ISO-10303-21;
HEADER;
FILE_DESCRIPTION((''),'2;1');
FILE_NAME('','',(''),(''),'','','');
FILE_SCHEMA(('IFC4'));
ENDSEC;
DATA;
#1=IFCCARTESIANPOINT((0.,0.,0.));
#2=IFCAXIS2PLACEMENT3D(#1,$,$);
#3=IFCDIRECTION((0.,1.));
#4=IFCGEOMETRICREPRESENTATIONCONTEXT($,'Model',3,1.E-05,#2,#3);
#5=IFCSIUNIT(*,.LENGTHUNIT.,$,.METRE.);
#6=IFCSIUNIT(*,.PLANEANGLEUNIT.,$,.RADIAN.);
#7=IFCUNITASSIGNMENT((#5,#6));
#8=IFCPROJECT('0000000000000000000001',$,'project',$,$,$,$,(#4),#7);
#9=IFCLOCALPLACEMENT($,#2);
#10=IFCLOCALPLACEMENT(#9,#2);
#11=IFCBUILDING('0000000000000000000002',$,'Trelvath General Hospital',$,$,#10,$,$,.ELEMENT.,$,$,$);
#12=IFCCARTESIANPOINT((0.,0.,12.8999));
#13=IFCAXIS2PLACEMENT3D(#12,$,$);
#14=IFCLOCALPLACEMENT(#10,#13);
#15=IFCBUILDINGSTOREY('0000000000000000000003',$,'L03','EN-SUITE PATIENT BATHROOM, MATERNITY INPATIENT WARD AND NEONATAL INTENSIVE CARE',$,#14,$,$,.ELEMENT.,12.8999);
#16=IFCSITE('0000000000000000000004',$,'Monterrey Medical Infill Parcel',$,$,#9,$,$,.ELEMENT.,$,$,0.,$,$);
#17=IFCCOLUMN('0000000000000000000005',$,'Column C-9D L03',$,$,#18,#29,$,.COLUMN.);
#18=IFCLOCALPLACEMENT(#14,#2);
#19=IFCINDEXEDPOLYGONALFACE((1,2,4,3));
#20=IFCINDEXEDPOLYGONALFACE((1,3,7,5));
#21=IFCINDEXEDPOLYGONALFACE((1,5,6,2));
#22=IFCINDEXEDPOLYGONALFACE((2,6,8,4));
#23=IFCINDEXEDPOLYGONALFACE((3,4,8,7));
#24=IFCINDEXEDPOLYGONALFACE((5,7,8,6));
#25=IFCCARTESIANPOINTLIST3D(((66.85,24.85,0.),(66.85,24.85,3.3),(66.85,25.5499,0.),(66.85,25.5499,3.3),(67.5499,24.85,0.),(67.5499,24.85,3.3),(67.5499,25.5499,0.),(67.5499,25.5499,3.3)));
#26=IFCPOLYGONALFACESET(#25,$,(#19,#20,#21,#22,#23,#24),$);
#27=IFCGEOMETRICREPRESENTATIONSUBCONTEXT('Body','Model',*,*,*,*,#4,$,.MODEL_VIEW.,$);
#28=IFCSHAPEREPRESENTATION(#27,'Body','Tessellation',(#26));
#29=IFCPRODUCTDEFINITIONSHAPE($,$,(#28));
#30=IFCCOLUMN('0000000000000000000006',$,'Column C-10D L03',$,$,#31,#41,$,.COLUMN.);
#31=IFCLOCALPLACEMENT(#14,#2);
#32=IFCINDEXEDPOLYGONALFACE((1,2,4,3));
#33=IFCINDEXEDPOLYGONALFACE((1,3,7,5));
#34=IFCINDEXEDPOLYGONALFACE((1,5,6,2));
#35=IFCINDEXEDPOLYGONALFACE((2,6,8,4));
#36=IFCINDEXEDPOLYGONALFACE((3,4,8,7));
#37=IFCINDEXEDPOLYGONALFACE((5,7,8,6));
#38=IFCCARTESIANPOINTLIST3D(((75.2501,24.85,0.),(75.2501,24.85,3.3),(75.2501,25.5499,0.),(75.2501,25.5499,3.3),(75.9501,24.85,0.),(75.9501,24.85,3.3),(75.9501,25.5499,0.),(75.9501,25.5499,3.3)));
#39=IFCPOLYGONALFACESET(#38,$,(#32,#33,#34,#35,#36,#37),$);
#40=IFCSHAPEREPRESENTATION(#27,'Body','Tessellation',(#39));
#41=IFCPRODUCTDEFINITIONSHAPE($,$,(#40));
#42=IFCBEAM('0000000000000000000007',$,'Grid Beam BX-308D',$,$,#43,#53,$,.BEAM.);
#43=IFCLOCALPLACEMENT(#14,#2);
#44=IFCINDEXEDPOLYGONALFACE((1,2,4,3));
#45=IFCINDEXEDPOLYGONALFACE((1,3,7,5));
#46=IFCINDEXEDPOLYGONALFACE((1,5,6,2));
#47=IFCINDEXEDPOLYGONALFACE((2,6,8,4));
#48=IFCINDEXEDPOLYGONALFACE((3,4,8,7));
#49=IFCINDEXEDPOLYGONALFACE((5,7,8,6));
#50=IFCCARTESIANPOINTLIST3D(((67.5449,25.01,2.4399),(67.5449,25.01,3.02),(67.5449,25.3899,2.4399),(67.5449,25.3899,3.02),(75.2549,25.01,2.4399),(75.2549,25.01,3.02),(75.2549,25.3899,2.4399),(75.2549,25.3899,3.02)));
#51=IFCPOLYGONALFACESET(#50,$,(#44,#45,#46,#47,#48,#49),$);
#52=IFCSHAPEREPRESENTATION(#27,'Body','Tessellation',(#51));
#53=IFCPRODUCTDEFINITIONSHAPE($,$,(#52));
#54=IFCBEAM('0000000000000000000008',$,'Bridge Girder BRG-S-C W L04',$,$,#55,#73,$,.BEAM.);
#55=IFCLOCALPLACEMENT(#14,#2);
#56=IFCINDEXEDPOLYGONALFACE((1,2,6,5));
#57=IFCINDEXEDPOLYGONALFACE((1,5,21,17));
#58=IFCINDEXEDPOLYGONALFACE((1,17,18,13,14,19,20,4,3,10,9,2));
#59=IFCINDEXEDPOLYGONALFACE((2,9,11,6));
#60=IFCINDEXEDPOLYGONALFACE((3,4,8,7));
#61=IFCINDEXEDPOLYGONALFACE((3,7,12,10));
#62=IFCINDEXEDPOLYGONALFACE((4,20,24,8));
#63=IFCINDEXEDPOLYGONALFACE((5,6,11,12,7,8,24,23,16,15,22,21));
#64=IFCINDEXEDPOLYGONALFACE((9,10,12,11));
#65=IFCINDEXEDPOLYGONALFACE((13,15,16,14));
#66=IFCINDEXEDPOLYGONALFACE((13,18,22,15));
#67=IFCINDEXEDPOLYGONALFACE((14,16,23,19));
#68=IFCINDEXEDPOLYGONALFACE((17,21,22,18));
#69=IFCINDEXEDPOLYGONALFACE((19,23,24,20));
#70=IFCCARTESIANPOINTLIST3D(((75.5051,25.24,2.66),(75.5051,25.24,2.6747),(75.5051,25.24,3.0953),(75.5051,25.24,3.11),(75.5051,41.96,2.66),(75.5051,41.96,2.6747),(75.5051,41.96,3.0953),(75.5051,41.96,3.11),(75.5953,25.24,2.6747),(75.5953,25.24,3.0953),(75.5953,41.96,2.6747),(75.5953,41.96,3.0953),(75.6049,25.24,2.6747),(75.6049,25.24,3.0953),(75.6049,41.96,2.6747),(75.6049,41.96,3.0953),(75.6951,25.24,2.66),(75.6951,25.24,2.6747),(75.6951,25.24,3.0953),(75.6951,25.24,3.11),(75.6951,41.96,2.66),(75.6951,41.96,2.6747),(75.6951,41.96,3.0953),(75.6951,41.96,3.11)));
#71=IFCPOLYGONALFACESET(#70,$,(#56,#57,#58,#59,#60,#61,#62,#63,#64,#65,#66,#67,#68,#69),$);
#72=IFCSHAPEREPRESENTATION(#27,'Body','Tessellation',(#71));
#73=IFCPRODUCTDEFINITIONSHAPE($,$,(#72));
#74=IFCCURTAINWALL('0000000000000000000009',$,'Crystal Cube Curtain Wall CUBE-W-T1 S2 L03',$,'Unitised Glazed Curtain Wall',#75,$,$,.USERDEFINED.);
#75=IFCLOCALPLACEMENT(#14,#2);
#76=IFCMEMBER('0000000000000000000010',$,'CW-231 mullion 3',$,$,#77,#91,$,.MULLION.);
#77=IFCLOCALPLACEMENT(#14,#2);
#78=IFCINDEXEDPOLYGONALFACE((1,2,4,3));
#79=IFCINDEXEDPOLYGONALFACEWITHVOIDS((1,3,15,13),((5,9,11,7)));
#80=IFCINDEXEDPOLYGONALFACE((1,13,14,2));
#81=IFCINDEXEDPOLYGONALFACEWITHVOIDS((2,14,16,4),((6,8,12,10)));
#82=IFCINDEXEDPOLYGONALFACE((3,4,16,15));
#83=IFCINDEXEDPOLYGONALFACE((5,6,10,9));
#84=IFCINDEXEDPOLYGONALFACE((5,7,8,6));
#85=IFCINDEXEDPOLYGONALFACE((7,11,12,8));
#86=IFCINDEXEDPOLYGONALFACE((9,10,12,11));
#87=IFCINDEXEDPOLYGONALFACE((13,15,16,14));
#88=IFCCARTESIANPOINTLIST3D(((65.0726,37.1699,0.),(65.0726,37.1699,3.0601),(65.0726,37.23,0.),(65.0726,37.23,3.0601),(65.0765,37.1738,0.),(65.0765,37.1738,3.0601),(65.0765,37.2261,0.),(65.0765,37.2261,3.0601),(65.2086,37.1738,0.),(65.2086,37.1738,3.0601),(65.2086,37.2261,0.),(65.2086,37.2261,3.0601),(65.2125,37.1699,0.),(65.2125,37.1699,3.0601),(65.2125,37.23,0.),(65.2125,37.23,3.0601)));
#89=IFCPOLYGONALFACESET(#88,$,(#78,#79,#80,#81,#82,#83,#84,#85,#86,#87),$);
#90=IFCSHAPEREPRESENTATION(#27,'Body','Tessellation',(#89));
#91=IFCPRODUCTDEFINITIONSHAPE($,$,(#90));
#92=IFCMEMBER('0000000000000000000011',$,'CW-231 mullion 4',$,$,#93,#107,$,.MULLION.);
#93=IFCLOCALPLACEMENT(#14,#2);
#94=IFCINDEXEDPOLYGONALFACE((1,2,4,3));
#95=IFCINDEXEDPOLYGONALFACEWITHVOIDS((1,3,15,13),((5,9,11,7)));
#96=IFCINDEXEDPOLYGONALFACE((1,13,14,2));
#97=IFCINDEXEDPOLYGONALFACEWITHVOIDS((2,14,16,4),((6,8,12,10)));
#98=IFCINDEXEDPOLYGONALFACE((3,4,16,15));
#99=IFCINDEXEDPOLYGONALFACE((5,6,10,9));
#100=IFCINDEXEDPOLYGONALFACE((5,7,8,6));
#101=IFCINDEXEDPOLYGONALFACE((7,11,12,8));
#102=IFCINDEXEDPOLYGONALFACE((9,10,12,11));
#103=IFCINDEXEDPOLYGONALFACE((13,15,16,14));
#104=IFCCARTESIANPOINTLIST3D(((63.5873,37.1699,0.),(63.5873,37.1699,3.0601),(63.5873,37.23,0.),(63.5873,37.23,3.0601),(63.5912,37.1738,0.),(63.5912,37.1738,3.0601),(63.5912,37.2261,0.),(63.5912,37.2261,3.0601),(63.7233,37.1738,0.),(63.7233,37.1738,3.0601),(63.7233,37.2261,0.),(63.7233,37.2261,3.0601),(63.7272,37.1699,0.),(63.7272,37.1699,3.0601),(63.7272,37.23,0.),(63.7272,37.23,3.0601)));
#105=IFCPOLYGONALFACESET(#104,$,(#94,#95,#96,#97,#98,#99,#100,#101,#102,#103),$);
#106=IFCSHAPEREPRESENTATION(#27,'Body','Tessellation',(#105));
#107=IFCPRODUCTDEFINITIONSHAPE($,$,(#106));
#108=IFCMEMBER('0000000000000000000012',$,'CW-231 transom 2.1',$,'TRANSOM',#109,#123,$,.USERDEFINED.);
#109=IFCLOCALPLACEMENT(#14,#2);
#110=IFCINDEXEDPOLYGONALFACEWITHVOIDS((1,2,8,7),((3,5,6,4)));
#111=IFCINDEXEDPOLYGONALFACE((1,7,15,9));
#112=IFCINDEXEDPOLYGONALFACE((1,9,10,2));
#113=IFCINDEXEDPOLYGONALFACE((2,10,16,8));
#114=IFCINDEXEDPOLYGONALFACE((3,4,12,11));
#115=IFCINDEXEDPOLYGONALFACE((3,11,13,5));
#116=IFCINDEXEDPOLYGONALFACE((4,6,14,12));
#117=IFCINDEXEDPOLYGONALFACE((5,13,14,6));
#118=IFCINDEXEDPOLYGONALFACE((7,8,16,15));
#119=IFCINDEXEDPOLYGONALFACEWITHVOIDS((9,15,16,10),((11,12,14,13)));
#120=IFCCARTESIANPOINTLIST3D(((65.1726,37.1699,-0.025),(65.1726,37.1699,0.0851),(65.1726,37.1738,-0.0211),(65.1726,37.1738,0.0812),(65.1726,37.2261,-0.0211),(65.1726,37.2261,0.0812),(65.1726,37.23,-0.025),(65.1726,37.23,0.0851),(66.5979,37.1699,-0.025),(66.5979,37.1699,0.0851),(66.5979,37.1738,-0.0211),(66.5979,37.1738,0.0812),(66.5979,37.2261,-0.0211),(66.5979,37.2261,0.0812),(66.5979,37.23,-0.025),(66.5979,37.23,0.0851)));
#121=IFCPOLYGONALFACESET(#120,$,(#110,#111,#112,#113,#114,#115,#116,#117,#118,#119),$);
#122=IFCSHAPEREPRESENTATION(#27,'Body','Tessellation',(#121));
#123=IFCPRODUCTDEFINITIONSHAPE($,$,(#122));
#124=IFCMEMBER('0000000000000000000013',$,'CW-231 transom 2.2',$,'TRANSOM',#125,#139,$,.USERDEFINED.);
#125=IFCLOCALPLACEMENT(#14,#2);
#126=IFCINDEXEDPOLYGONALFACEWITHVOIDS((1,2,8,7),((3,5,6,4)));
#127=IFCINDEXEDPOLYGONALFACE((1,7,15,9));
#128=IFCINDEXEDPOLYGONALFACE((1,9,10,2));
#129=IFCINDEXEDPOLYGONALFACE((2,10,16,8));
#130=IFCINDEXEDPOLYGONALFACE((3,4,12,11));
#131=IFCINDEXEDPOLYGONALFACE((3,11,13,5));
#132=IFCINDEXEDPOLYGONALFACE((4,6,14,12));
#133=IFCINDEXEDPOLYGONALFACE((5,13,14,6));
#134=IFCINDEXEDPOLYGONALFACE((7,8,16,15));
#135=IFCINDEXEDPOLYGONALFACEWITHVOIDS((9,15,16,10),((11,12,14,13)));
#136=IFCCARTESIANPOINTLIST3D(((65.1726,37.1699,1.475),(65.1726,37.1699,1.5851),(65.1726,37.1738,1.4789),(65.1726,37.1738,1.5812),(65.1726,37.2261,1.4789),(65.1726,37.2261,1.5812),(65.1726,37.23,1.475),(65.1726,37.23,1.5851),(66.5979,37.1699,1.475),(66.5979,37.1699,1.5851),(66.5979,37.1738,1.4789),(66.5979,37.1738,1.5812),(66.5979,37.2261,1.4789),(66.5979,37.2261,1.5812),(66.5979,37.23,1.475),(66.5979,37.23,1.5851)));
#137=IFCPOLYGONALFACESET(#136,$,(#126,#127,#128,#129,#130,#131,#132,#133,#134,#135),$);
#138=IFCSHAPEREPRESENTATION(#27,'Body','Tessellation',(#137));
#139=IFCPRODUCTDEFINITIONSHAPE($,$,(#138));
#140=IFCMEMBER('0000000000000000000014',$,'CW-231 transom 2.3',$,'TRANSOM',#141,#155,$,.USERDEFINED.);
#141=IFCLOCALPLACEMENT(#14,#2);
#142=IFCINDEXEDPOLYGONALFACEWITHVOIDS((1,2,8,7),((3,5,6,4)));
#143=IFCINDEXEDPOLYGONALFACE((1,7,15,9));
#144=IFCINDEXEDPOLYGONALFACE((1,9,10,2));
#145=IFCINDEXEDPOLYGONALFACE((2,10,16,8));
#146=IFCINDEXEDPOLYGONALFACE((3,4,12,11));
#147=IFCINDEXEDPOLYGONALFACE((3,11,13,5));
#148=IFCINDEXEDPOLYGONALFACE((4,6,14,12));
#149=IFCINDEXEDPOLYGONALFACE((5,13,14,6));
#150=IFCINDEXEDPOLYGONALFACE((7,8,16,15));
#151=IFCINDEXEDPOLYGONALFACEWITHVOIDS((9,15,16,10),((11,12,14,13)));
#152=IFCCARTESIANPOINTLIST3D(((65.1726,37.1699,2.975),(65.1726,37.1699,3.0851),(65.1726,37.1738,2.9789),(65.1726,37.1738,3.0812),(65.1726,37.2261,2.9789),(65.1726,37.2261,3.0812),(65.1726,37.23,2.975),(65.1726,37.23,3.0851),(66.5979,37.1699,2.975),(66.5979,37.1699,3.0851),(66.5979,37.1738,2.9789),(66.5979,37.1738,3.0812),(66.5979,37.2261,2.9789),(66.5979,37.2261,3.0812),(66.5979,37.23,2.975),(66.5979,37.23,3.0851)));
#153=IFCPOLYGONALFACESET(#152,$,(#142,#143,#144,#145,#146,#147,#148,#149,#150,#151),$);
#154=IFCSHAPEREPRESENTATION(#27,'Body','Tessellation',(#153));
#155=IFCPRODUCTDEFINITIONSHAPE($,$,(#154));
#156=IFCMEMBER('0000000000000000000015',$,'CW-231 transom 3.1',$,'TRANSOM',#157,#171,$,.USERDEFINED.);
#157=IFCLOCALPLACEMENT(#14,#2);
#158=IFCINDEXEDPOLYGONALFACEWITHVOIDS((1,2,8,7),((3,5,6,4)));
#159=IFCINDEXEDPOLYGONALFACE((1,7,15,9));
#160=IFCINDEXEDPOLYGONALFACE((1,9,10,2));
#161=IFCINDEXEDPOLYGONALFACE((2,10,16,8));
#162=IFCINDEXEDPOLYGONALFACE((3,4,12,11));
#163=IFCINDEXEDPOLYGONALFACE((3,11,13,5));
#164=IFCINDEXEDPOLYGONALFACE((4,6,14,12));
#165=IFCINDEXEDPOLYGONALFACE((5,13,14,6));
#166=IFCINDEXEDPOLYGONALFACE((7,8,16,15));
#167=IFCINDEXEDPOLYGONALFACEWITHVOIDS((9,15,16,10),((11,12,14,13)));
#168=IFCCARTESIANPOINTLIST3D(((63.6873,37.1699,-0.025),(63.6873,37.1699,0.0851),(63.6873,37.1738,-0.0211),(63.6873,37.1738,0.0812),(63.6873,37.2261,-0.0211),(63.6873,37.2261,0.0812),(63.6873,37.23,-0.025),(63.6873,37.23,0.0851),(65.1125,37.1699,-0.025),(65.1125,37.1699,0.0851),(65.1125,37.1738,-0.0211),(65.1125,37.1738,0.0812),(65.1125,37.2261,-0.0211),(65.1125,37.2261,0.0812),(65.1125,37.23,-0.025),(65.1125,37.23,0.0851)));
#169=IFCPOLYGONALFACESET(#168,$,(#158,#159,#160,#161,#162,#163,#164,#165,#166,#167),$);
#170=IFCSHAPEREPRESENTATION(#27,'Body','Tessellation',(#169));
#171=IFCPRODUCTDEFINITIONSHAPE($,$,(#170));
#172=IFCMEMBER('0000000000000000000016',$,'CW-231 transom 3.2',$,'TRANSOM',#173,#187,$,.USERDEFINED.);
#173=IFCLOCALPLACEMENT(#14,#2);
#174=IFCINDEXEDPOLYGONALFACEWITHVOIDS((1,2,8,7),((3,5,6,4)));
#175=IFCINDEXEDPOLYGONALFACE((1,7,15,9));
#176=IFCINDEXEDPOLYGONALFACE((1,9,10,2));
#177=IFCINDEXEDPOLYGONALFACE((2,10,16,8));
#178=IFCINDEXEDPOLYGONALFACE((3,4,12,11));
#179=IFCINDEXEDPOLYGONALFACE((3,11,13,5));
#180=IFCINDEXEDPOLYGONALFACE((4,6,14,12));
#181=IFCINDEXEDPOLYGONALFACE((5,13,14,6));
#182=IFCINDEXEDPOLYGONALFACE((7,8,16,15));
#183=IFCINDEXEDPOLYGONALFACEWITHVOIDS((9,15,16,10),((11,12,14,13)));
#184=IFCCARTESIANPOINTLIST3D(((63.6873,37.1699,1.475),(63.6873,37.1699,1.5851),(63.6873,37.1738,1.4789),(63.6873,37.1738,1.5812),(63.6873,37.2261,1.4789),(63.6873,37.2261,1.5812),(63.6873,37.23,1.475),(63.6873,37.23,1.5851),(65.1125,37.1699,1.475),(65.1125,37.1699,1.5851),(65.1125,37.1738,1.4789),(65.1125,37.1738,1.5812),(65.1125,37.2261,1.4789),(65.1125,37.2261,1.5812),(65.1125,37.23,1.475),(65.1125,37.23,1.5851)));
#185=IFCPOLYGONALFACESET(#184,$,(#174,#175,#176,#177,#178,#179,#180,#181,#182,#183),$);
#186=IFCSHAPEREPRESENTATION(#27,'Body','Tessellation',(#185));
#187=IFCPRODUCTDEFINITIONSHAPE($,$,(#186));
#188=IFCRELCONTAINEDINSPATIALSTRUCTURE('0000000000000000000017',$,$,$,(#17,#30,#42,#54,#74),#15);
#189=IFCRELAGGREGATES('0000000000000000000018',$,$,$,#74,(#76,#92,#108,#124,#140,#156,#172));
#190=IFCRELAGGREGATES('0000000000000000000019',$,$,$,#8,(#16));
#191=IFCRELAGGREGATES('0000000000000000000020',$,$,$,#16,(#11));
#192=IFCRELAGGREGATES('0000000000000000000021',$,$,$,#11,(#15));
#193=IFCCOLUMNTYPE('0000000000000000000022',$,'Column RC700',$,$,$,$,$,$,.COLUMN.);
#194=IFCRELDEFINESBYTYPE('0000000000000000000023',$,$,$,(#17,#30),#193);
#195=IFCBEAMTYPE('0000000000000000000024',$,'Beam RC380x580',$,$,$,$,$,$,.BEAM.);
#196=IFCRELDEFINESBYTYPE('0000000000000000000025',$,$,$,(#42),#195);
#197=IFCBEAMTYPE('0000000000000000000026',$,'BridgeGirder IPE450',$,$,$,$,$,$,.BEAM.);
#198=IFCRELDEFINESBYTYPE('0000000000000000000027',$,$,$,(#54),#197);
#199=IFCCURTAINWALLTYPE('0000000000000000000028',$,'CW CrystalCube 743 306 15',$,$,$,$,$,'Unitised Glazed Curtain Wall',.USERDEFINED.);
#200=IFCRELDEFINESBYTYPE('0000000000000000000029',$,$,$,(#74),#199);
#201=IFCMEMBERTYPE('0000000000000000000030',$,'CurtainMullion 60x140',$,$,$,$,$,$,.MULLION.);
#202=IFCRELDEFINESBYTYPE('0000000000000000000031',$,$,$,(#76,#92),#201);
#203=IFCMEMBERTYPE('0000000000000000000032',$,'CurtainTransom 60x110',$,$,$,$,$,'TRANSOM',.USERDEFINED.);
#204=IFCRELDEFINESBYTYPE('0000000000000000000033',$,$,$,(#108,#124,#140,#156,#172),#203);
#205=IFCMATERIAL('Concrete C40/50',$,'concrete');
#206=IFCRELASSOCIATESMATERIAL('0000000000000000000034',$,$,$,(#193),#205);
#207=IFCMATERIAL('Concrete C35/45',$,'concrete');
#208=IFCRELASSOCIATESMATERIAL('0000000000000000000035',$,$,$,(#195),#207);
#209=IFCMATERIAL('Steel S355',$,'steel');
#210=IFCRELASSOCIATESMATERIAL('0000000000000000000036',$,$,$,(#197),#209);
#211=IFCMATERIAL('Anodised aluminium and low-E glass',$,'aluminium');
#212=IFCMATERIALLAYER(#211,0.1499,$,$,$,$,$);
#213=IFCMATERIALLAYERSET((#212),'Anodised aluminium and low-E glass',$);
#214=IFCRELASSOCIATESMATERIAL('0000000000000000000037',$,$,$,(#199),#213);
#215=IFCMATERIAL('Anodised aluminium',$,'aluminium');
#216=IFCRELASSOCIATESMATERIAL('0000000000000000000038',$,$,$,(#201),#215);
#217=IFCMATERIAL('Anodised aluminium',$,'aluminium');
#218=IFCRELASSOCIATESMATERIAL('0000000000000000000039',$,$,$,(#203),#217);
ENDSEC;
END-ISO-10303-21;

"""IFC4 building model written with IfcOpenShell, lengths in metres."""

from ifc_helpers import new_model, si_unit, direction, frame, origin, origin_2d, place, context, subcontext, project, spatial, rectangle, hollow_rectangle, i_section, extrude, material, layer, layer_set, material_profile, profile_set, type_object, element, aggregate, save


model = new_model("IFC4")

# Units and contexts
model_context = context("Model", 3, precision=1e-05, world=origin(), true_north=direction((0.0, 1.0)))
body_context = subcontext(model_context, "Body", "Model", "MODEL_VIEW")
ifc_project = project(units=[si_unit("LENGTHUNIT", "METRE"), si_unit("PLANEANGLEUNIT", "RADIAN")], contexts=[model_context])

# Site, building, storey
site_placement = place(None, origin())
site = spatial("IfcSite", under=ifc_project, at=site_placement, Name="Monterrey Medical Infill Parcel", CompositionType="ELEMENT", RefElevation=0.0)
building_placement = place(site_placement, origin())
building = spatial("IfcBuilding", under=site, at=building_placement, Name="Trelvath General Hospital", CompositionType="ELEMENT")
storey_placement = place(building_placement, frame((0.0, 0.0, 12.8999)))
storey = spatial("IfcBuildingStorey", under=building, at=storey_placement, Name="L03", Description="EN-SUITE PATIENT BATHROOM, MATERNITY INPATIENT WARD AND NEONATAL INTENSIVE CARE", CompositionType="ELEMENT", Elevation=12.8999)

# Columns
ifc_material_1 = material(Name="Concrete C40/50", Category="concrete")
ifc_material_profile_1 = material_profile(ifc_material_1, rectangle(XDim=0.7, YDim=0.7, at=origin_2d()), Name="RC700x700")
ifc_profile_set_1 = profile_set([ifc_material_profile_1], Name="Concrete C40/50")
column_type = type_object("IfcColumnType", Name="Column RC700", PredefinedType="COLUMN", material=ifc_profile_set_1)
for number, where, z_axis, x_axis, name in (
    (1, (67.2, 25.2, 0.0), (0.0, 0.0, 1.0), (1.0, 0.0, 0.0), "Column C-9D L03"),
    (2, (75.6001, 25.2, 0.0), (0.0, 0.0, 1.0), (1.0, 0.0, 0.0), "Column C-10D L03"),
):
    element("IfcColumn", number, at=place(storey_placement, frame(where, z_axis=z_axis, x_axis=x_axis)), inside=storey, type_object=column_type, Name=name, PredefinedType="COLUMN", context=body_context, shape_type="SweptSolid", body=[
        extrude(rectangle(XDim=0.7, YDim=0.7, at=origin_2d()), origin(), (0.0, 0.0, 1.0), 3.3),
    ])

# Beams
ifc_material_2 = material(Name="Concrete C35/45", Category="concrete")
ifc_material_profile_2 = material_profile(ifc_material_2, rectangle(XDim=0.3799, YDim=0.5801, at=origin_2d()), Name="RCB380x580")
ifc_profile_set_2 = profile_set([ifc_material_profile_2], Name="Concrete C35/45")
beam_type_1 = type_object("IfcBeamType", Name="Beam RC380x580", PredefinedType="BEAM", material=ifc_profile_set_2)
beam_1_placement = place(storey_placement, frame((67.5449, 25.2, 2.73), z_axis=(1.0, 0.0, 0.0), x_axis=(0.0, 1.0, 0.0)))
element("IfcBeam", 3, at=beam_1_placement, inside=storey, type_object=beam_type_1, Name="Grid Beam BX-308D", PredefinedType="BEAM", context=body_context, shape_type="SweptSolid", body=[
    extrude(rectangle(XDim=0.3799, YDim=0.5801, at=origin_2d()), origin(), (0.0, 0.0, 1.0), 7.71),
])
ifc_material_3 = material(Name="Steel S355", Category="steel")
ifc_material_profile_3 = material_profile(ifc_material_3, i_section(OverallWidth=0.1899, OverallDepth=0.45, WebThickness=0.0095, FlangeThickness=0.0146, at=origin_2d()), Name="IPE450")
ifc_profile_set_3 = profile_set([ifc_material_profile_3], Name="Steel S355")
beam_type_2 = type_object("IfcBeamType", Name="BridgeGirder IPE450", PredefinedType="BEAM", material=ifc_profile_set_3)
beam_2_placement = place(storey_placement, frame((75.6001, 25.24, 2.885), z_axis=(0.0, 1.0, 0.0), x_axis=(-1.0, 0.0, 0.0)))
element("IfcBeam", 4, at=beam_2_placement, inside=storey, type_object=beam_type_2, Name="Bridge Girder BRG-S-C W L04", PredefinedType="BEAM", context=body_context, shape_type="SweptSolid", body=[
    extrude(i_section(OverallWidth=0.1899, OverallDepth=0.45, WebThickness=0.0095, FlangeThickness=0.0146, at=origin_2d()), origin(), (0.0, 0.0, 1.0), 16.72),
])

# Curtain wall, members
ifc_material_4 = material(Name="Anodised aluminium and low-E glass", Category="aluminium")
ifc_layer_1 = layer(ifc_material_4, 0.1499)
ifc_layer_set_1 = layer_set([ifc_layer_1], Name="Anodised aluminium and low-E glass")
curtain_wall_type = type_object("IfcCurtainWallType", Name="CW CrystalCube 743 306 15", ElementType="Unitised Glazed Curtain Wall", PredefinedType="USERDEFINED", material=ifc_layer_set_1)
curtain_wall_placement = place(storey_placement, origin())
curtain_wall = element("IfcCurtainWall", 5, at=curtain_wall_placement, inside=storey, type_object=curtain_wall_type, Name="Crystal Cube Curtain Wall CUBE-W-T1 S2 L03", ObjectType="Unitised Glazed Curtain Wall", PredefinedType="USERDEFINED")
ifc_material_5 = material(Name="Anodised aluminium", Category="aluminium")
ifc_material_profile_4 = material_profile(ifc_material_5, hollow_rectangle(XDim=0.0601, YDim=0.1399, WallThickness=0.0039, at=origin_2d()), Name="RHS60x140x4")
ifc_profile_set_4 = profile_set([ifc_material_profile_4], Name="Anodised aluminium")
member_type_1 = type_object("IfcMemberType", Name="CurtainMullion 60x140", PredefinedType="MULLION", material=ifc_profile_set_4)
member_1_placement = place(storey_placement, frame((65.1426, 37.2, 0.0), z_axis=(0.0, 0.0, 1.0), x_axis=(0.0, -1.0, 0.0)))
member_1 = element("IfcMember", 6, at=member_1_placement, type_object=member_type_1, Name="CW-231 mullion 3", PredefinedType="MULLION", context=body_context, shape_type="SweptSolid", body=[
    extrude(hollow_rectangle(XDim=0.0601, YDim=0.1399, WallThickness=0.0039, at=origin_2d()), origin(), (0.0, 0.0, 1.0), 3.0601),
])
member_2_placement = place(storey_placement, frame((63.6572, 37.2, 0.0), z_axis=(0.0, 0.0, 1.0), x_axis=(0.0, -1.0, 0.0)))
member_2 = element("IfcMember", 7, at=member_2_placement, type_object=member_type_1, Name="CW-231 mullion 4", PredefinedType="MULLION", context=body_context, shape_type="SweptSolid", body=[
    extrude(hollow_rectangle(XDim=0.0601, YDim=0.1399, WallThickness=0.0039, at=origin_2d()), origin(), (0.0, 0.0, 1.0), 3.0601),
])
ifc_material_6 = material(Name="Anodised aluminium", Category="aluminium")
ifc_material_profile_5 = material_profile(ifc_material_6, hollow_rectangle(XDim=0.0601, YDim=0.1101, WallThickness=0.0039, at=origin_2d()), Name="RHS60x110x4")
ifc_profile_set_5 = profile_set([ifc_material_profile_5], Name="Anodised aluminium")
member_type_2 = type_object("IfcMemberType", Name="CurtainTransom 60x110", ElementType="TRANSOM", PredefinedType="USERDEFINED", material=ifc_profile_set_5)
member_3_placement = place(storey_placement, frame((66.5979, 37.2, 0.03), z_axis=(-1.0, 0.0, 0.0), x_axis=(0.0, -1.0, 0.0)))
member_3 = element("IfcMember", 8, at=member_3_placement, type_object=member_type_2, Name="CW-231 transom 2.1", ObjectType="TRANSOM", PredefinedType="USERDEFINED", context=body_context, shape_type="SweptSolid", body=[
    extrude(hollow_rectangle(XDim=0.0601, YDim=0.1101, WallThickness=0.0039, at=origin_2d()), origin(), (0.0, 0.0, 1.0), 1.4253),
])
member_4_placement = place(storey_placement, frame((66.5979, 37.2, 1.53), z_axis=(-1.0, 0.0, 0.0), x_axis=(0.0, -1.0, 0.0)))
member_4 = element("IfcMember", 9, at=member_4_placement, type_object=member_type_2, Name="CW-231 transom 2.2", ObjectType="TRANSOM", PredefinedType="USERDEFINED", context=body_context, shape_type="SweptSolid", body=[
    extrude(hollow_rectangle(XDim=0.0601, YDim=0.1101, WallThickness=0.0039, at=origin_2d()), origin(), (0.0, 0.0, 1.0), 1.4253),
])
member_5_placement = place(storey_placement, frame((66.5979, 37.2, 3.03), z_axis=(-1.0, 0.0, 0.0), x_axis=(0.0, -1.0, 0.0)))
member_5 = element("IfcMember", 10, at=member_5_placement, type_object=member_type_2, Name="CW-231 transom 2.3", ObjectType="TRANSOM", PredefinedType="USERDEFINED", context=body_context, shape_type="SweptSolid", body=[
    extrude(hollow_rectangle(XDim=0.0601, YDim=0.1101, WallThickness=0.0039, at=origin_2d()), origin(), (0.0, 0.0, 1.0), 1.4253),
])
member_6_placement = place(storey_placement, frame((65.1125, 37.2, 0.03), z_axis=(-1.0, 0.0, 0.0), x_axis=(0.0, -1.0, 0.0)))
member_6 = element("IfcMember", 11, at=member_6_placement, type_object=member_type_2, Name="CW-231 transom 3.1", ObjectType="TRANSOM", PredefinedType="USERDEFINED", context=body_context, shape_type="SweptSolid", body=[
    extrude(hollow_rectangle(XDim=0.0601, YDim=0.1101, WallThickness=0.0039, at=origin_2d()), origin(), (0.0, 0.0, 1.0), 1.4253),
])
member_7_placement = place(storey_placement, frame((65.1125, 37.2, 1.53), z_axis=(-1.0, 0.0, 0.0), x_axis=(0.0, -1.0, 0.0)))
member_7 = element("IfcMember", 12, at=member_7_placement, type_object=member_type_2, Name="CW-231 transom 3.2", ObjectType="TRANSOM", PredefinedType="USERDEFINED", context=body_context, shape_type="SweptSolid", body=[
    extrude(hollow_rectangle(XDim=0.0601, YDim=0.1101, WallThickness=0.0039, at=origin_2d()), origin(), (0.0, 0.0, 1.0), 1.4253),
])

aggregate(curtain_wall, [member_1, member_2, member_3, member_4, member_5, member_6, member_7])

save(model, "model.ifc")
